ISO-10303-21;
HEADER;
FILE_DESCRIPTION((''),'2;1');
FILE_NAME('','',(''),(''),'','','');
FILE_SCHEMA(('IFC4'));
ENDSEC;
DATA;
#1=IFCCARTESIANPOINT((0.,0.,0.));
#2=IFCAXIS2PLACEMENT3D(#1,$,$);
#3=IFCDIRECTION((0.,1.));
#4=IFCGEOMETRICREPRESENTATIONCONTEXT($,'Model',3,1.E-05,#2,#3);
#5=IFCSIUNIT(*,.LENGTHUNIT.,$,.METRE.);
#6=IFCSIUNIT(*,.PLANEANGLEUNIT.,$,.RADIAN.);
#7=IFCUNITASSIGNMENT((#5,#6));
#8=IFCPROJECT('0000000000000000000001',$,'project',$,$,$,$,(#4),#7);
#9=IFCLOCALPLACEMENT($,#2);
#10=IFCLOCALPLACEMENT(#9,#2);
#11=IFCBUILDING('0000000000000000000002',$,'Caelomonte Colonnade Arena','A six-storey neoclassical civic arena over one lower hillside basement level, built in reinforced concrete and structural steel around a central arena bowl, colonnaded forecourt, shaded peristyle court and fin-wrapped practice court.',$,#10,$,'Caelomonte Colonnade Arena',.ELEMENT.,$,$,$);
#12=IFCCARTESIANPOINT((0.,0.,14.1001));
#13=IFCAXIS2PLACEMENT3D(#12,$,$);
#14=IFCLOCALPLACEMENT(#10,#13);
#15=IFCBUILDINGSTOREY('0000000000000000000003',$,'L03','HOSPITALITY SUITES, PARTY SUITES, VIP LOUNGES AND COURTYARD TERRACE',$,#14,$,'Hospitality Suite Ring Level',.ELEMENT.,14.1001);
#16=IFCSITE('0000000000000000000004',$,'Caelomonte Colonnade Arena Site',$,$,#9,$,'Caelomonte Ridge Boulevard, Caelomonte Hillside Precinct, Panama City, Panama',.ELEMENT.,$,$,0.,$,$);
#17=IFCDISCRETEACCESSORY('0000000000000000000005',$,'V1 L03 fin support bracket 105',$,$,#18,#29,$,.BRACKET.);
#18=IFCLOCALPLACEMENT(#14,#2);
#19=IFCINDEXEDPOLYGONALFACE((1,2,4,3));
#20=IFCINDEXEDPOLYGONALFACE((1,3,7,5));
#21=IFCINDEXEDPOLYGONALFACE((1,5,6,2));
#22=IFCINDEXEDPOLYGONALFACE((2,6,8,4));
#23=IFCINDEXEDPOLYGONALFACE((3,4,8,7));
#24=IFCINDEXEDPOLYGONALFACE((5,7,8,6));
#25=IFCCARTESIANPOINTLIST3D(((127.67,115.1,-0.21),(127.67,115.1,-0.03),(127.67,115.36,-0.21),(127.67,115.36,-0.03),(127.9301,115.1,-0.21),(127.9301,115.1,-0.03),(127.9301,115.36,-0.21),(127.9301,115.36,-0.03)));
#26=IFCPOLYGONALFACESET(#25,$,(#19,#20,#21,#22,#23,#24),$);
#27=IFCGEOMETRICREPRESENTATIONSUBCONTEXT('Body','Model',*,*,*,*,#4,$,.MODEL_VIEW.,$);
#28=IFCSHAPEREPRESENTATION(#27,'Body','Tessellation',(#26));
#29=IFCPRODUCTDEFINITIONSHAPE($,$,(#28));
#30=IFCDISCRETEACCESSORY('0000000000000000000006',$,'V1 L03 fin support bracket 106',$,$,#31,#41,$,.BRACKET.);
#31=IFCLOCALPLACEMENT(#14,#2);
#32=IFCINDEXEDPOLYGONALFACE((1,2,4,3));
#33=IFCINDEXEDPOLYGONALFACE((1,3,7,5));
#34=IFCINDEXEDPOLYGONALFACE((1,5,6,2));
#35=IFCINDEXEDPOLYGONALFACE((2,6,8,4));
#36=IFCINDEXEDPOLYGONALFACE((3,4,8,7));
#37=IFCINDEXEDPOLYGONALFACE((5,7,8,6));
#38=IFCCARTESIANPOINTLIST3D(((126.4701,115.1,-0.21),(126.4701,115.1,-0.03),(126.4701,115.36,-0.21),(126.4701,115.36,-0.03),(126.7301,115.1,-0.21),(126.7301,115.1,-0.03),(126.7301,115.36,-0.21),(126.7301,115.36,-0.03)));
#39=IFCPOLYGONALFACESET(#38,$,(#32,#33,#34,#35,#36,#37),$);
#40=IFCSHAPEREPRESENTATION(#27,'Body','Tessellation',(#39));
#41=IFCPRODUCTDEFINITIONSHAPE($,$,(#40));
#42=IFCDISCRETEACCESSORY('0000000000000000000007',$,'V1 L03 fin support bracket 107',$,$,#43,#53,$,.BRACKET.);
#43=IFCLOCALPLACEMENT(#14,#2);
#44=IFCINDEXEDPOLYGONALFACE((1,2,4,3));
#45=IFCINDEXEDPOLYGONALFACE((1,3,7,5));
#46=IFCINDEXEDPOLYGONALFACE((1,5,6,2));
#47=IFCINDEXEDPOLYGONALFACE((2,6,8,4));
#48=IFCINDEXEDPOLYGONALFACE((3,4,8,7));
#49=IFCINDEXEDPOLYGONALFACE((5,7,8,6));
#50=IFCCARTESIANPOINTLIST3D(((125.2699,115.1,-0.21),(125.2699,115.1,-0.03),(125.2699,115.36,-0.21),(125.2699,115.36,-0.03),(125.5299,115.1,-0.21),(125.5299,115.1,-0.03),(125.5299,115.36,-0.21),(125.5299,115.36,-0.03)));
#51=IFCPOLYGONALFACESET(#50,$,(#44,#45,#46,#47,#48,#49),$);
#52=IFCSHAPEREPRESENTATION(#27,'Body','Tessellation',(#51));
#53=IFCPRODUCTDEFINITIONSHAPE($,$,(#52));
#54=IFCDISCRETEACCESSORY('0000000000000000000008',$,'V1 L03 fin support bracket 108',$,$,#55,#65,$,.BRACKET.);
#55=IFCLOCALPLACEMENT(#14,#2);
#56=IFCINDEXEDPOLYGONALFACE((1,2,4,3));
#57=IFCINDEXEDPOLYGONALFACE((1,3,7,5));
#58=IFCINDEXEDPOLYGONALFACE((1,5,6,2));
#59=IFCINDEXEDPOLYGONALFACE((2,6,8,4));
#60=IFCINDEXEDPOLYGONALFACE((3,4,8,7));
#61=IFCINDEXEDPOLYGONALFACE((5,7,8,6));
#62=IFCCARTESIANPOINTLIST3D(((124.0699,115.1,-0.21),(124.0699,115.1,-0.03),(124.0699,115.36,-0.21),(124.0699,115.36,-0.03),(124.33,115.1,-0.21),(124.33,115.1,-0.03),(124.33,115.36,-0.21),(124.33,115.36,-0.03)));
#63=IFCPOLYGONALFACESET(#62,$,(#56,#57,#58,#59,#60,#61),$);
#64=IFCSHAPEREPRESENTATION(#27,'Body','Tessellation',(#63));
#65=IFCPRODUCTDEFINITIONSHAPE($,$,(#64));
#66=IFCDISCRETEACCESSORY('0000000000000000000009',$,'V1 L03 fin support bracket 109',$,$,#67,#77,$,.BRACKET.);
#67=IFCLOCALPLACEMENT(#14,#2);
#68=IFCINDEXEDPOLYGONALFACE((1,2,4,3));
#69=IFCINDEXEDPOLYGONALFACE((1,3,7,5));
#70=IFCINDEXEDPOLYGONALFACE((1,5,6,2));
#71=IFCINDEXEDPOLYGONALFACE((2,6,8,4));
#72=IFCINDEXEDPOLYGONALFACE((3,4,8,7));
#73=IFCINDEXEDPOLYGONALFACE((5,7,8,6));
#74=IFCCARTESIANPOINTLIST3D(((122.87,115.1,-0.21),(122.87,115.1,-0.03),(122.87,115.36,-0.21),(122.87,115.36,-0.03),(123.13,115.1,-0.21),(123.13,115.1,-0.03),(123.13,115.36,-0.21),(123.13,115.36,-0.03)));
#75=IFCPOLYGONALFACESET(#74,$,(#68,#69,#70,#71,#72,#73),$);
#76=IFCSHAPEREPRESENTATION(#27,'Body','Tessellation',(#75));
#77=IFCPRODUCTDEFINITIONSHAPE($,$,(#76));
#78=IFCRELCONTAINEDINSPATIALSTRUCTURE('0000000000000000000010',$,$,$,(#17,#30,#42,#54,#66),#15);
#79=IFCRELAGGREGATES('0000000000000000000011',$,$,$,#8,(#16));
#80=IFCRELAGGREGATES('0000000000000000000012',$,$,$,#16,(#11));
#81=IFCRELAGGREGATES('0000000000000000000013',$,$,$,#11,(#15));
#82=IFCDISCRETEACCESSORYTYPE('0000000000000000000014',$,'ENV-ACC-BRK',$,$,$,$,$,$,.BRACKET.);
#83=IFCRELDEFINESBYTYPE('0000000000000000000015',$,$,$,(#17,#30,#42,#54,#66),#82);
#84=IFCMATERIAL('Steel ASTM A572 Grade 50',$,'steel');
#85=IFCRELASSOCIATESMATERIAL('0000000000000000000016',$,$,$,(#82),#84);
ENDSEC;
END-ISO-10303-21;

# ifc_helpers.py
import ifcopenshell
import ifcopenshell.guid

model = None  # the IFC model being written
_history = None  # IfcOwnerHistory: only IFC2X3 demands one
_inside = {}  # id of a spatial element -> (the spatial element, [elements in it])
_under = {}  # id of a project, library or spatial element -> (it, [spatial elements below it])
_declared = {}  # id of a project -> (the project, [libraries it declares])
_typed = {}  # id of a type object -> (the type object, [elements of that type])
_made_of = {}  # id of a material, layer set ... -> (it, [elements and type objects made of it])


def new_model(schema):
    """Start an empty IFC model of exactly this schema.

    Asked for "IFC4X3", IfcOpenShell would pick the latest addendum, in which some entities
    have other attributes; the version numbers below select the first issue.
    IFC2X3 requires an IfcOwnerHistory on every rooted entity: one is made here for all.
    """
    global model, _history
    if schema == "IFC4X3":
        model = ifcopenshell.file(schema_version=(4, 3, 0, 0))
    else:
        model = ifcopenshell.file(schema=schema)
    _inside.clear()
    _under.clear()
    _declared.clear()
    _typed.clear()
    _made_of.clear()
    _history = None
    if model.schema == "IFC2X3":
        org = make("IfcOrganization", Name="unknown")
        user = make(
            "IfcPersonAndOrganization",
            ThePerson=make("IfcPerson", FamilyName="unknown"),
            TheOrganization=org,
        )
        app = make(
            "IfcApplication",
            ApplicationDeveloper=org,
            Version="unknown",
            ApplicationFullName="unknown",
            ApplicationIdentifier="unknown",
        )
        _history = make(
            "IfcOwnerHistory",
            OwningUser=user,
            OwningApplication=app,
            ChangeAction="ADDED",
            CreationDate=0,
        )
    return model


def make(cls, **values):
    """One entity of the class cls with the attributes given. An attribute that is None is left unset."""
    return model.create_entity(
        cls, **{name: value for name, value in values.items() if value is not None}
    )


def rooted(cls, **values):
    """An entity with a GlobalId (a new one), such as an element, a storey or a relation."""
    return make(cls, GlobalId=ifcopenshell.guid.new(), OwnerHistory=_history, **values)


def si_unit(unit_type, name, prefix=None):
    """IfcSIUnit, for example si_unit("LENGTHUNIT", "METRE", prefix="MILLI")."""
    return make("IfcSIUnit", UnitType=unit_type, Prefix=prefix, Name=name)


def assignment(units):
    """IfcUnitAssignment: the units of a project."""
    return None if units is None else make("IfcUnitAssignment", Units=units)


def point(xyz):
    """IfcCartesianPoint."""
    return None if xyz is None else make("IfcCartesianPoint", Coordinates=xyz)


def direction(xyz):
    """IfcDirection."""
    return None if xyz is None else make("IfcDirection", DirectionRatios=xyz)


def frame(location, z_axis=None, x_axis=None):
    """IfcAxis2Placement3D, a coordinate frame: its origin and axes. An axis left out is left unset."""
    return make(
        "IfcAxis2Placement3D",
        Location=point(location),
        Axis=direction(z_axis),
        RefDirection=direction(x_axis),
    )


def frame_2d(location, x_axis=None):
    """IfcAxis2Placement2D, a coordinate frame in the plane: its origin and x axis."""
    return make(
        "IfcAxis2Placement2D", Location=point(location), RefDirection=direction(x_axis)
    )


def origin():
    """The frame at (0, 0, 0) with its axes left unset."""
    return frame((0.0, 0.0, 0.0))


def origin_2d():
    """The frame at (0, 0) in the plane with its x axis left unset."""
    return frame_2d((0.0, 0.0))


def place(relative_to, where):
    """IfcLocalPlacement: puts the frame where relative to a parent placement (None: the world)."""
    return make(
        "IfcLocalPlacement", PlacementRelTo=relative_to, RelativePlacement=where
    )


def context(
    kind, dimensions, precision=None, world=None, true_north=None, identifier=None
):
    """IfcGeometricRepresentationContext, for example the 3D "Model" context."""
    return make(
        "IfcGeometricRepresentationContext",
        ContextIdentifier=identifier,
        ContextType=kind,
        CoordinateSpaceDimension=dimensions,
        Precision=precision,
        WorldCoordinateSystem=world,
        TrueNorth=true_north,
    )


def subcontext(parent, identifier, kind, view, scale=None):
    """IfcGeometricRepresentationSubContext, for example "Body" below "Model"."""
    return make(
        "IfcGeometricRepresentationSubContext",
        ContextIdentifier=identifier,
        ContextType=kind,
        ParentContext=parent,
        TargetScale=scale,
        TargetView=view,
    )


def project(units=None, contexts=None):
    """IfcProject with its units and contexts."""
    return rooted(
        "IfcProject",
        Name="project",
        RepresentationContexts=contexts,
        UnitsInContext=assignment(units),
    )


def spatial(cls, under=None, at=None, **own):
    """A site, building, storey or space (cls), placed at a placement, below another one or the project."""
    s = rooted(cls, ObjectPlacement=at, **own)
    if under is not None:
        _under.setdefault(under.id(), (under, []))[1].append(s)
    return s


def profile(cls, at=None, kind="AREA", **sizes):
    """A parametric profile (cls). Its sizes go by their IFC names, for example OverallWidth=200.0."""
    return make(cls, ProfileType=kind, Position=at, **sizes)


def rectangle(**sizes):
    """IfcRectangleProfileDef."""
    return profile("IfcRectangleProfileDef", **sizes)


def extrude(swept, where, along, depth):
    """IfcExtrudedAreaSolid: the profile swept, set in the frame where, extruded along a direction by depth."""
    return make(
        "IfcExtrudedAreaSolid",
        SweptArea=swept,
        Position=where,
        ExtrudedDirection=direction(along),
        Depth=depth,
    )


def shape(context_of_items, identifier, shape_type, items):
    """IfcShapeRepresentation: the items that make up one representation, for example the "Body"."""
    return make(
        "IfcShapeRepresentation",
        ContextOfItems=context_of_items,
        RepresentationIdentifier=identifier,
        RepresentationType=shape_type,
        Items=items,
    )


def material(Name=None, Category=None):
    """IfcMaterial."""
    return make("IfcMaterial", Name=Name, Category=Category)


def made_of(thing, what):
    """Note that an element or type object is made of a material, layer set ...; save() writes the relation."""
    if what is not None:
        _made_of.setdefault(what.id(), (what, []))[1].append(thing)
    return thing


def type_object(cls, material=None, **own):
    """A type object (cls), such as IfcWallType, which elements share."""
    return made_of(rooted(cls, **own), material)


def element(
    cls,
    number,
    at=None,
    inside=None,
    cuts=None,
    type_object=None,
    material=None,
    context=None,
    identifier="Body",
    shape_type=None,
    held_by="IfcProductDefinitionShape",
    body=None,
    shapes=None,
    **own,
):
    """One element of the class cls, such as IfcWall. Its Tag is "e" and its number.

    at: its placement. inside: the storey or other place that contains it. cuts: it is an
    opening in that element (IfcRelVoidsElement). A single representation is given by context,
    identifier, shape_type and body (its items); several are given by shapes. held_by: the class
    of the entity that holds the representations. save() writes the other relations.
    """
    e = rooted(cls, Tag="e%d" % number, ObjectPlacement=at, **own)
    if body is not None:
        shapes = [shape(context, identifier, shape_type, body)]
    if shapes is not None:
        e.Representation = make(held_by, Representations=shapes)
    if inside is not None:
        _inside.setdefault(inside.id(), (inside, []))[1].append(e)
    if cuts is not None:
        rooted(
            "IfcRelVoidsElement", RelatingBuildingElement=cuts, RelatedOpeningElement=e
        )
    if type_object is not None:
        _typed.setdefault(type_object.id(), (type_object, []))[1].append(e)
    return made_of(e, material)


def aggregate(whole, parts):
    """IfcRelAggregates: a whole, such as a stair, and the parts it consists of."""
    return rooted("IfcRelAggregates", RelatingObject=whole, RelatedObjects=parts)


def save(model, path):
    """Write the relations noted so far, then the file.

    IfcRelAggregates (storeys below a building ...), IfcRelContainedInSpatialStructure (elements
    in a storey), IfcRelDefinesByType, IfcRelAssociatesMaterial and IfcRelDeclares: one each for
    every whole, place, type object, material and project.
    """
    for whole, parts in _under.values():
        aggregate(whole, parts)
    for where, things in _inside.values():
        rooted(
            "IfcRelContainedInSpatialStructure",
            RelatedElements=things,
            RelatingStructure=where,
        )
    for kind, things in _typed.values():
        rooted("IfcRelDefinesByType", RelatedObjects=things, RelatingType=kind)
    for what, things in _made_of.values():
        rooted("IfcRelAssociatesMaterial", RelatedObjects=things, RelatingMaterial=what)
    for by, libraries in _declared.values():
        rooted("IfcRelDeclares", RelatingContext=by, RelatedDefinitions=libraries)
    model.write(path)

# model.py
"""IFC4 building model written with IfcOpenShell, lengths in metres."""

from ifc_helpers import new_model, si_unit, direction, frame, origin, origin_2d, place, context, subcontext, project, spatial, rectangle, extrude, material, type_object, element, save


model = new_model("IFC4")

# Units and contexts
model_context = context("Model", 3, precision=1e-05, world=origin(), true_north=direction((0.0, 1.0)))
body_context = subcontext(model_context, "Body", "Model", "MODEL_VIEW")
ifc_project = project(units=[si_unit("LENGTHUNIT", "METRE"), si_unit("PLANEANGLEUNIT", "RADIAN")], contexts=[model_context])

# Site, building, storey
site_placement = place(None, origin())
site = spatial("IfcSite", under=ifc_project, at=site_placement, Name="Caelomonte Colonnade Arena Site", LongName="Caelomonte Ridge Boulevard, Caelomonte Hillside Precinct, Panama City, Panama", CompositionType="ELEMENT", RefElevation=0.0)
building_placement = place(site_placement, origin())
building = spatial("IfcBuilding", under=site, at=building_placement, Name="Caelomonte Colonnade Arena", Description="A six-storey neoclassical civic arena over one lower hillside basement level, built in reinforced concrete and structural steel around a central arena bowl, colonnaded forecourt, shaded peristyle court and fin-wrapped practice court.", LongName="Caelomonte Colonnade Arena", CompositionType="ELEMENT")
storey_placement = place(building_placement, frame((0.0, 0.0, 14.1001)))
storey = spatial("IfcBuildingStorey", under=building, at=storey_placement, Name="L03", Description="HOSPITALITY SUITES, PARTY SUITES, VIP LOUNGES AND COURTYARD TERRACE", LongName="Hospitality Suite Ring Level", CompositionType="ELEMENT", Elevation=14.1001)

# Discrete accessories
ifc_material_1 = material(Name="Steel ASTM A572 Grade 50", Category="steel")
discrete_accessory_type = type_object("IfcDiscreteAccessoryType", Name="ENV-ACC-BRK", PredefinedType="BRACKET", material=ifc_material_1)
for number, where, z_axis, x_axis, name in (
    (1, (127.8, 115.23, -0.21), (0.0, 0.0, 1.0), (-1.0, 0.0, 0.0), "V1 L03 fin support bracket 105"),
    (2, (126.6001, 115.23, -0.21), (0.0, 0.0, 1.0), (-1.0, 0.0, 0.0), "V1 L03 fin support bracket 106"),
    (3, (125.3999, 115.23, -0.21), (0.0, 0.0, 1.0), (-1.0, 0.0, 0.0), "V1 L03 fin support bracket 107"),
    (4, (124.2, 115.23, -0.21), (0.0, 0.0, 1.0), (-1.0, 0.0, 0.0), "V1 L03 fin support bracket 108"),
    (5, (123.0, 115.23, -0.21), (0.0, 0.0, 1.0), (-1.0, 0.0, 0.0), "V1 L03 fin support bracket 109"),
):
    element("IfcDiscreteAccessory", number, at=place(storey_placement, frame(where, z_axis=z_axis, x_axis=x_axis)), inside=storey, type_object=discrete_accessory_type, Name=name, PredefinedType="BRACKET", context=body_context, shape_type="SweptSolid", body=[
        extrude(rectangle(XDim=0.26, YDim=0.26, at=origin_2d()), origin(), (0.0, 0.0, 1.0), 0.1799),
    ])

save(model, "model.ifc")
